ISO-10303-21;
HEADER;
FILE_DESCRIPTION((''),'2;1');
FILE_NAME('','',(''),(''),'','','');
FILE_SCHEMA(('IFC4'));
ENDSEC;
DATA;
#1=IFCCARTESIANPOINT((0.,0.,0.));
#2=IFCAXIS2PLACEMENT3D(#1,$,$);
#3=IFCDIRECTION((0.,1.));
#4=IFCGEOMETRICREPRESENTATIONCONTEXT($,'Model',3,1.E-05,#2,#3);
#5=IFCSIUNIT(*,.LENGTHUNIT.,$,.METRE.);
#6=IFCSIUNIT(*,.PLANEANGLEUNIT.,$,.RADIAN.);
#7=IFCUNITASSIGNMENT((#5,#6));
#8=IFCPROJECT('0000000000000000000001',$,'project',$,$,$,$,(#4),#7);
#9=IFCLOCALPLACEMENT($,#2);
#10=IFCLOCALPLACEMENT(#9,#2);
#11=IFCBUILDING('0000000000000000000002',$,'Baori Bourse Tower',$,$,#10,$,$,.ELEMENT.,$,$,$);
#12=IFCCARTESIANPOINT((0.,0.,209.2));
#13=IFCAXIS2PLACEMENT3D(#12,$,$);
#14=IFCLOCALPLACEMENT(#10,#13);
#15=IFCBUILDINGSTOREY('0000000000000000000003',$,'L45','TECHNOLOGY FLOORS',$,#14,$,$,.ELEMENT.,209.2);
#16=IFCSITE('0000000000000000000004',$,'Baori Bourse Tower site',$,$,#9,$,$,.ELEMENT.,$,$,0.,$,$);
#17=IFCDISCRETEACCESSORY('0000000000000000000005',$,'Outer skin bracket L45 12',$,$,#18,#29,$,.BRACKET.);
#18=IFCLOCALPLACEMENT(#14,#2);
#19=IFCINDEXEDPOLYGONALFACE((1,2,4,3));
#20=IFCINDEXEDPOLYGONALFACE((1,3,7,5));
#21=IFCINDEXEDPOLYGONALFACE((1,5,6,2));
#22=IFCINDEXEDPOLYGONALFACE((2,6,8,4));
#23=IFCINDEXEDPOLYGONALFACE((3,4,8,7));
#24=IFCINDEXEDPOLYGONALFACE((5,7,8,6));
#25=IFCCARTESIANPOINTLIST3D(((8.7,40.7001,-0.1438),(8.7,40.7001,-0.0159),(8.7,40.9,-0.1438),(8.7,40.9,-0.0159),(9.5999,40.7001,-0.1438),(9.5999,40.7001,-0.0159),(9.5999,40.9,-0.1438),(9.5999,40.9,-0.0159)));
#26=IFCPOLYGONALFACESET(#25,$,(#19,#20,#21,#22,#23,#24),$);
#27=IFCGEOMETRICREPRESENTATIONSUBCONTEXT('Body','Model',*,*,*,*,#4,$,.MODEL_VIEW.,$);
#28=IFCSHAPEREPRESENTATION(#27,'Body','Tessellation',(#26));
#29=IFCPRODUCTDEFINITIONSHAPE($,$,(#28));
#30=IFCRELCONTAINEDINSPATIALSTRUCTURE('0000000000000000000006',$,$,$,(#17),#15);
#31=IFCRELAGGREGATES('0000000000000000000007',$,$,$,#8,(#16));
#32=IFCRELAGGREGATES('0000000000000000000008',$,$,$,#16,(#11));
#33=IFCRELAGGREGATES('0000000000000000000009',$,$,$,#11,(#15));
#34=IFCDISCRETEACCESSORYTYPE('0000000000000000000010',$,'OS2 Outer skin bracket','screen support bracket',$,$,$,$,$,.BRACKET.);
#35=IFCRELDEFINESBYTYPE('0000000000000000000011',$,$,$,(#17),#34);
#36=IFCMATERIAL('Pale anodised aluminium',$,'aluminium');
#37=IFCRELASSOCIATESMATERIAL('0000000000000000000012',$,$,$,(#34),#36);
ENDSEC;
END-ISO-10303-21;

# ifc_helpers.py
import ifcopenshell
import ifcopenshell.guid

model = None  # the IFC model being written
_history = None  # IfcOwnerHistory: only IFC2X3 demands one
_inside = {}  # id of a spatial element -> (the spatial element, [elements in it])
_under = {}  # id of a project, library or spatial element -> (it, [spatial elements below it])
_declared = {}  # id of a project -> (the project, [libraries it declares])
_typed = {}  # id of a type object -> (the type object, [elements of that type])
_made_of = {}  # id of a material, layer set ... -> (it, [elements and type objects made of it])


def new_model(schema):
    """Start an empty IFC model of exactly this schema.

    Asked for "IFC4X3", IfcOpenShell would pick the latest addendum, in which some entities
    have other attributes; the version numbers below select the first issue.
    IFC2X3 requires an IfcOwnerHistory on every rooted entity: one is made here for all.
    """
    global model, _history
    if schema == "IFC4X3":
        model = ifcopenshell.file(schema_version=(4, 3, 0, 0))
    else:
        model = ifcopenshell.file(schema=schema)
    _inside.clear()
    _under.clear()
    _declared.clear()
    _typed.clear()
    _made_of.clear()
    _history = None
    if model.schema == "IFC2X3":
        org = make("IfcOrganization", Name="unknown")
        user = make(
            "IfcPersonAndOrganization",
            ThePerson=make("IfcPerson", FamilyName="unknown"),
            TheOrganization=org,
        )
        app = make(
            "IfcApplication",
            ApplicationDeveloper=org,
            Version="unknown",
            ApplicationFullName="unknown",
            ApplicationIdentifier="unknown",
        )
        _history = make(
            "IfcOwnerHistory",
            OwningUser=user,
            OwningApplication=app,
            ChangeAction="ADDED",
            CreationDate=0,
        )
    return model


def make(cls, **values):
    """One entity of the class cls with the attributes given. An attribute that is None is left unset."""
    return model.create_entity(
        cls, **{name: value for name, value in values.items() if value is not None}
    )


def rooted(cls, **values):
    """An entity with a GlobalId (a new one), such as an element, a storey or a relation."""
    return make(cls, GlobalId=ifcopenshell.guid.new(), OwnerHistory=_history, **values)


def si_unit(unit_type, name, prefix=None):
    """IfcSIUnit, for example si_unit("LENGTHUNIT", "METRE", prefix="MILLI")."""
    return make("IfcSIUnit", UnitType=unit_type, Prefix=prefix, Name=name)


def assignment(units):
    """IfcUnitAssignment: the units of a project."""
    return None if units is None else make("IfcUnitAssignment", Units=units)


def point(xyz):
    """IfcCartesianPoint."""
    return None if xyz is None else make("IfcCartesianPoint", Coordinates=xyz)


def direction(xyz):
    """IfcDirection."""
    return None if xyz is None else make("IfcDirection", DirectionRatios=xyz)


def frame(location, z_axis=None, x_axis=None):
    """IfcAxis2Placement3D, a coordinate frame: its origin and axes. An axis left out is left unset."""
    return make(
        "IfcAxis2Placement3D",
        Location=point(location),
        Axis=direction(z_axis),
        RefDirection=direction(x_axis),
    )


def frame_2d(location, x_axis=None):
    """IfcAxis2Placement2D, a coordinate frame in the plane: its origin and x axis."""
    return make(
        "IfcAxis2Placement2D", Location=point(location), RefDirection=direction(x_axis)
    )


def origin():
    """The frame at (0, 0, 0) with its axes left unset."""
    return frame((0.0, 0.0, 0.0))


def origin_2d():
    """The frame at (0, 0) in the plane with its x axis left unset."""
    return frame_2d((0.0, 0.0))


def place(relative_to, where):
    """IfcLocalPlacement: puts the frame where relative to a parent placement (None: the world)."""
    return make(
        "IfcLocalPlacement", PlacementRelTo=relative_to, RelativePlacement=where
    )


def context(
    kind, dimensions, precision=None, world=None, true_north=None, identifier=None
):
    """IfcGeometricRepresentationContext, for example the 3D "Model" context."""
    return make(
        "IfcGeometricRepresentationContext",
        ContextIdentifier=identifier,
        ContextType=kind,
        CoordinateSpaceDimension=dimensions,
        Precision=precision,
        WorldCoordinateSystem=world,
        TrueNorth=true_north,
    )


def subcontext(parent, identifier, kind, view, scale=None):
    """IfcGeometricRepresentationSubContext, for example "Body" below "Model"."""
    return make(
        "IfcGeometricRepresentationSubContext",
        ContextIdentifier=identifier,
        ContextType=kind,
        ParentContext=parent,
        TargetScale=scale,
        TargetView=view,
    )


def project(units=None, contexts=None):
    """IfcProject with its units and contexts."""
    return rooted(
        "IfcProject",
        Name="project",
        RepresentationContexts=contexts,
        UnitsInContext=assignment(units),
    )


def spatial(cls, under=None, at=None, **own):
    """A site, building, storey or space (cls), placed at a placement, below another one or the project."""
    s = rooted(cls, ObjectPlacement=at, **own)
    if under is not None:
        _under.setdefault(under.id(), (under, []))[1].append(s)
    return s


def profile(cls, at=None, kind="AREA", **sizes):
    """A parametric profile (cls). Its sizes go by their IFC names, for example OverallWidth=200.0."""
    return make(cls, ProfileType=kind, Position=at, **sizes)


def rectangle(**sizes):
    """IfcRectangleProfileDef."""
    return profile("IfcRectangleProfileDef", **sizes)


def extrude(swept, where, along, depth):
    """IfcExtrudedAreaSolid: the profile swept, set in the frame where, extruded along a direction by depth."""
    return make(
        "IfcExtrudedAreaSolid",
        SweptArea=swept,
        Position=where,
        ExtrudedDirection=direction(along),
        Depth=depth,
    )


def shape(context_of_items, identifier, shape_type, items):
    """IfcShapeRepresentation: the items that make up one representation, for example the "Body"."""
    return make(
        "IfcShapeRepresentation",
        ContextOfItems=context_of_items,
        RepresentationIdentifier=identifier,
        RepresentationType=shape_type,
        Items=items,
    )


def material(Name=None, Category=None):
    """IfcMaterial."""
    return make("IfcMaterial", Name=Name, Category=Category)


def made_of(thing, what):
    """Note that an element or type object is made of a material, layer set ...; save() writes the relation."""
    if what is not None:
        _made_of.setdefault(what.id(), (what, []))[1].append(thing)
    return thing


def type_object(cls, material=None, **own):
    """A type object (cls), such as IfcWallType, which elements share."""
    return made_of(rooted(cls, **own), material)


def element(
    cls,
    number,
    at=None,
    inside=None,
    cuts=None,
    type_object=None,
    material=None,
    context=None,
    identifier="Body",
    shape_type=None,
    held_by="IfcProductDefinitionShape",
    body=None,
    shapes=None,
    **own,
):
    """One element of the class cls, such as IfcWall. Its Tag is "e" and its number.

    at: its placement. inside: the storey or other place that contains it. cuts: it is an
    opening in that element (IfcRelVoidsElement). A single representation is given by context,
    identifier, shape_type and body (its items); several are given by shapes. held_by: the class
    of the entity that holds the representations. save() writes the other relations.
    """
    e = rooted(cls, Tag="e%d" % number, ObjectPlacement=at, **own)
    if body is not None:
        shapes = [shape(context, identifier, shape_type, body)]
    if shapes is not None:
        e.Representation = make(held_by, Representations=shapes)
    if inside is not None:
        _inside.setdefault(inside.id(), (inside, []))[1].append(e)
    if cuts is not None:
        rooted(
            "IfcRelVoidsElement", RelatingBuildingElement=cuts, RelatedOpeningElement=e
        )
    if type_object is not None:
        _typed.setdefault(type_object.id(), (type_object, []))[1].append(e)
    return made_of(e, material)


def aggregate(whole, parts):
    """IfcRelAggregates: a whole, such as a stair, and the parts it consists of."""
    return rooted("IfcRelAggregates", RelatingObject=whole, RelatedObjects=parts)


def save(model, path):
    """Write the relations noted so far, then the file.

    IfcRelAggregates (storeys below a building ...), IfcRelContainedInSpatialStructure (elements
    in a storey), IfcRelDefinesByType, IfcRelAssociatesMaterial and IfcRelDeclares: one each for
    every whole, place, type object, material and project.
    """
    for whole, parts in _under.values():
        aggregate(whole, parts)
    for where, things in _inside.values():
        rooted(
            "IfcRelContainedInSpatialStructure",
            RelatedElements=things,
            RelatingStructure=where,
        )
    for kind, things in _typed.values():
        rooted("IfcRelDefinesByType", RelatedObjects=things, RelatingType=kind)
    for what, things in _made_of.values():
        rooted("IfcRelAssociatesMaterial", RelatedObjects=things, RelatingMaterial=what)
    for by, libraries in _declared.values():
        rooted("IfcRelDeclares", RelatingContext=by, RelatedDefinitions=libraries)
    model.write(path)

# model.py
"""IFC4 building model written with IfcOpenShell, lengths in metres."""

from ifc_helpers import new_model, si_unit, direction, frame, origin, origin_2d, place, context, subcontext, project, spatial, rectangle, extrude, material, type_object, element, save


model = new_model("IFC4")

# Units and contexts
model_context = context("Model", 3, precision=1e-05, world=origin(), true_north=direction((0.0, 1.0)))
body_context = subcontext(model_context, "Body", "Model", "MODEL_VIEW")
ifc_project = project(units=[si_unit("LENGTHUNIT", "METRE"), si_unit("PLANEANGLEUNIT", "RADIAN")], contexts=[model_context])

# Site, building, storey
site_placement = place(None, origin())
site = spatial("IfcSite", under=ifc_project, at=site_placement, Name="Baori Bourse Tower site", CompositionType="ELEMENT", RefElevation=0.0)
building_placement = place(site_placement, origin())
building = spatial("IfcBuilding", under=site, at=building_placement, Name="Baori Bourse Tower", CompositionType="ELEMENT")
storey_placement = place(building_placement, frame((0.0, 0.0, 209.2)))
storey = spatial("IfcBuildingStorey", under=building, at=storey_placement, Name="L45", Description="TECHNOLOGY FLOORS", CompositionType="ELEMENT", Elevation=209.2)

# Discrete accessory
ifc_material_1 = material(Name="Pale anodised aluminium", Category="aluminium")
discrete_accessory_type = type_object("IfcDiscreteAccessoryType", Name="OS2 Outer skin bracket", Description="screen support bracket", PredefinedType="BRACKET", material=ifc_material_1)
for number, where, z_axis, x_axis, name in (
    (1, (9.1499, 40.8, -0.1438), (0.0, 0.0, 1.0), (0.0, -1.0, 0.0), "Outer skin bracket L45 12"),
):
    element("IfcDiscreteAccessory", number, at=place(storey_placement, frame(where, z_axis=z_axis, x_axis=x_axis)), inside=storey, type_object=discrete_accessory_type, Name=name, PredefinedType="BRACKET", context=body_context, shape_type="SweptSolid", body=[
        extrude(rectangle(XDim=0.2, YDim=0.8999, at=origin_2d()), origin(), (0.0, 0.0, 1.0), 0.1279),
    ])

save(model, "model.ifc")
